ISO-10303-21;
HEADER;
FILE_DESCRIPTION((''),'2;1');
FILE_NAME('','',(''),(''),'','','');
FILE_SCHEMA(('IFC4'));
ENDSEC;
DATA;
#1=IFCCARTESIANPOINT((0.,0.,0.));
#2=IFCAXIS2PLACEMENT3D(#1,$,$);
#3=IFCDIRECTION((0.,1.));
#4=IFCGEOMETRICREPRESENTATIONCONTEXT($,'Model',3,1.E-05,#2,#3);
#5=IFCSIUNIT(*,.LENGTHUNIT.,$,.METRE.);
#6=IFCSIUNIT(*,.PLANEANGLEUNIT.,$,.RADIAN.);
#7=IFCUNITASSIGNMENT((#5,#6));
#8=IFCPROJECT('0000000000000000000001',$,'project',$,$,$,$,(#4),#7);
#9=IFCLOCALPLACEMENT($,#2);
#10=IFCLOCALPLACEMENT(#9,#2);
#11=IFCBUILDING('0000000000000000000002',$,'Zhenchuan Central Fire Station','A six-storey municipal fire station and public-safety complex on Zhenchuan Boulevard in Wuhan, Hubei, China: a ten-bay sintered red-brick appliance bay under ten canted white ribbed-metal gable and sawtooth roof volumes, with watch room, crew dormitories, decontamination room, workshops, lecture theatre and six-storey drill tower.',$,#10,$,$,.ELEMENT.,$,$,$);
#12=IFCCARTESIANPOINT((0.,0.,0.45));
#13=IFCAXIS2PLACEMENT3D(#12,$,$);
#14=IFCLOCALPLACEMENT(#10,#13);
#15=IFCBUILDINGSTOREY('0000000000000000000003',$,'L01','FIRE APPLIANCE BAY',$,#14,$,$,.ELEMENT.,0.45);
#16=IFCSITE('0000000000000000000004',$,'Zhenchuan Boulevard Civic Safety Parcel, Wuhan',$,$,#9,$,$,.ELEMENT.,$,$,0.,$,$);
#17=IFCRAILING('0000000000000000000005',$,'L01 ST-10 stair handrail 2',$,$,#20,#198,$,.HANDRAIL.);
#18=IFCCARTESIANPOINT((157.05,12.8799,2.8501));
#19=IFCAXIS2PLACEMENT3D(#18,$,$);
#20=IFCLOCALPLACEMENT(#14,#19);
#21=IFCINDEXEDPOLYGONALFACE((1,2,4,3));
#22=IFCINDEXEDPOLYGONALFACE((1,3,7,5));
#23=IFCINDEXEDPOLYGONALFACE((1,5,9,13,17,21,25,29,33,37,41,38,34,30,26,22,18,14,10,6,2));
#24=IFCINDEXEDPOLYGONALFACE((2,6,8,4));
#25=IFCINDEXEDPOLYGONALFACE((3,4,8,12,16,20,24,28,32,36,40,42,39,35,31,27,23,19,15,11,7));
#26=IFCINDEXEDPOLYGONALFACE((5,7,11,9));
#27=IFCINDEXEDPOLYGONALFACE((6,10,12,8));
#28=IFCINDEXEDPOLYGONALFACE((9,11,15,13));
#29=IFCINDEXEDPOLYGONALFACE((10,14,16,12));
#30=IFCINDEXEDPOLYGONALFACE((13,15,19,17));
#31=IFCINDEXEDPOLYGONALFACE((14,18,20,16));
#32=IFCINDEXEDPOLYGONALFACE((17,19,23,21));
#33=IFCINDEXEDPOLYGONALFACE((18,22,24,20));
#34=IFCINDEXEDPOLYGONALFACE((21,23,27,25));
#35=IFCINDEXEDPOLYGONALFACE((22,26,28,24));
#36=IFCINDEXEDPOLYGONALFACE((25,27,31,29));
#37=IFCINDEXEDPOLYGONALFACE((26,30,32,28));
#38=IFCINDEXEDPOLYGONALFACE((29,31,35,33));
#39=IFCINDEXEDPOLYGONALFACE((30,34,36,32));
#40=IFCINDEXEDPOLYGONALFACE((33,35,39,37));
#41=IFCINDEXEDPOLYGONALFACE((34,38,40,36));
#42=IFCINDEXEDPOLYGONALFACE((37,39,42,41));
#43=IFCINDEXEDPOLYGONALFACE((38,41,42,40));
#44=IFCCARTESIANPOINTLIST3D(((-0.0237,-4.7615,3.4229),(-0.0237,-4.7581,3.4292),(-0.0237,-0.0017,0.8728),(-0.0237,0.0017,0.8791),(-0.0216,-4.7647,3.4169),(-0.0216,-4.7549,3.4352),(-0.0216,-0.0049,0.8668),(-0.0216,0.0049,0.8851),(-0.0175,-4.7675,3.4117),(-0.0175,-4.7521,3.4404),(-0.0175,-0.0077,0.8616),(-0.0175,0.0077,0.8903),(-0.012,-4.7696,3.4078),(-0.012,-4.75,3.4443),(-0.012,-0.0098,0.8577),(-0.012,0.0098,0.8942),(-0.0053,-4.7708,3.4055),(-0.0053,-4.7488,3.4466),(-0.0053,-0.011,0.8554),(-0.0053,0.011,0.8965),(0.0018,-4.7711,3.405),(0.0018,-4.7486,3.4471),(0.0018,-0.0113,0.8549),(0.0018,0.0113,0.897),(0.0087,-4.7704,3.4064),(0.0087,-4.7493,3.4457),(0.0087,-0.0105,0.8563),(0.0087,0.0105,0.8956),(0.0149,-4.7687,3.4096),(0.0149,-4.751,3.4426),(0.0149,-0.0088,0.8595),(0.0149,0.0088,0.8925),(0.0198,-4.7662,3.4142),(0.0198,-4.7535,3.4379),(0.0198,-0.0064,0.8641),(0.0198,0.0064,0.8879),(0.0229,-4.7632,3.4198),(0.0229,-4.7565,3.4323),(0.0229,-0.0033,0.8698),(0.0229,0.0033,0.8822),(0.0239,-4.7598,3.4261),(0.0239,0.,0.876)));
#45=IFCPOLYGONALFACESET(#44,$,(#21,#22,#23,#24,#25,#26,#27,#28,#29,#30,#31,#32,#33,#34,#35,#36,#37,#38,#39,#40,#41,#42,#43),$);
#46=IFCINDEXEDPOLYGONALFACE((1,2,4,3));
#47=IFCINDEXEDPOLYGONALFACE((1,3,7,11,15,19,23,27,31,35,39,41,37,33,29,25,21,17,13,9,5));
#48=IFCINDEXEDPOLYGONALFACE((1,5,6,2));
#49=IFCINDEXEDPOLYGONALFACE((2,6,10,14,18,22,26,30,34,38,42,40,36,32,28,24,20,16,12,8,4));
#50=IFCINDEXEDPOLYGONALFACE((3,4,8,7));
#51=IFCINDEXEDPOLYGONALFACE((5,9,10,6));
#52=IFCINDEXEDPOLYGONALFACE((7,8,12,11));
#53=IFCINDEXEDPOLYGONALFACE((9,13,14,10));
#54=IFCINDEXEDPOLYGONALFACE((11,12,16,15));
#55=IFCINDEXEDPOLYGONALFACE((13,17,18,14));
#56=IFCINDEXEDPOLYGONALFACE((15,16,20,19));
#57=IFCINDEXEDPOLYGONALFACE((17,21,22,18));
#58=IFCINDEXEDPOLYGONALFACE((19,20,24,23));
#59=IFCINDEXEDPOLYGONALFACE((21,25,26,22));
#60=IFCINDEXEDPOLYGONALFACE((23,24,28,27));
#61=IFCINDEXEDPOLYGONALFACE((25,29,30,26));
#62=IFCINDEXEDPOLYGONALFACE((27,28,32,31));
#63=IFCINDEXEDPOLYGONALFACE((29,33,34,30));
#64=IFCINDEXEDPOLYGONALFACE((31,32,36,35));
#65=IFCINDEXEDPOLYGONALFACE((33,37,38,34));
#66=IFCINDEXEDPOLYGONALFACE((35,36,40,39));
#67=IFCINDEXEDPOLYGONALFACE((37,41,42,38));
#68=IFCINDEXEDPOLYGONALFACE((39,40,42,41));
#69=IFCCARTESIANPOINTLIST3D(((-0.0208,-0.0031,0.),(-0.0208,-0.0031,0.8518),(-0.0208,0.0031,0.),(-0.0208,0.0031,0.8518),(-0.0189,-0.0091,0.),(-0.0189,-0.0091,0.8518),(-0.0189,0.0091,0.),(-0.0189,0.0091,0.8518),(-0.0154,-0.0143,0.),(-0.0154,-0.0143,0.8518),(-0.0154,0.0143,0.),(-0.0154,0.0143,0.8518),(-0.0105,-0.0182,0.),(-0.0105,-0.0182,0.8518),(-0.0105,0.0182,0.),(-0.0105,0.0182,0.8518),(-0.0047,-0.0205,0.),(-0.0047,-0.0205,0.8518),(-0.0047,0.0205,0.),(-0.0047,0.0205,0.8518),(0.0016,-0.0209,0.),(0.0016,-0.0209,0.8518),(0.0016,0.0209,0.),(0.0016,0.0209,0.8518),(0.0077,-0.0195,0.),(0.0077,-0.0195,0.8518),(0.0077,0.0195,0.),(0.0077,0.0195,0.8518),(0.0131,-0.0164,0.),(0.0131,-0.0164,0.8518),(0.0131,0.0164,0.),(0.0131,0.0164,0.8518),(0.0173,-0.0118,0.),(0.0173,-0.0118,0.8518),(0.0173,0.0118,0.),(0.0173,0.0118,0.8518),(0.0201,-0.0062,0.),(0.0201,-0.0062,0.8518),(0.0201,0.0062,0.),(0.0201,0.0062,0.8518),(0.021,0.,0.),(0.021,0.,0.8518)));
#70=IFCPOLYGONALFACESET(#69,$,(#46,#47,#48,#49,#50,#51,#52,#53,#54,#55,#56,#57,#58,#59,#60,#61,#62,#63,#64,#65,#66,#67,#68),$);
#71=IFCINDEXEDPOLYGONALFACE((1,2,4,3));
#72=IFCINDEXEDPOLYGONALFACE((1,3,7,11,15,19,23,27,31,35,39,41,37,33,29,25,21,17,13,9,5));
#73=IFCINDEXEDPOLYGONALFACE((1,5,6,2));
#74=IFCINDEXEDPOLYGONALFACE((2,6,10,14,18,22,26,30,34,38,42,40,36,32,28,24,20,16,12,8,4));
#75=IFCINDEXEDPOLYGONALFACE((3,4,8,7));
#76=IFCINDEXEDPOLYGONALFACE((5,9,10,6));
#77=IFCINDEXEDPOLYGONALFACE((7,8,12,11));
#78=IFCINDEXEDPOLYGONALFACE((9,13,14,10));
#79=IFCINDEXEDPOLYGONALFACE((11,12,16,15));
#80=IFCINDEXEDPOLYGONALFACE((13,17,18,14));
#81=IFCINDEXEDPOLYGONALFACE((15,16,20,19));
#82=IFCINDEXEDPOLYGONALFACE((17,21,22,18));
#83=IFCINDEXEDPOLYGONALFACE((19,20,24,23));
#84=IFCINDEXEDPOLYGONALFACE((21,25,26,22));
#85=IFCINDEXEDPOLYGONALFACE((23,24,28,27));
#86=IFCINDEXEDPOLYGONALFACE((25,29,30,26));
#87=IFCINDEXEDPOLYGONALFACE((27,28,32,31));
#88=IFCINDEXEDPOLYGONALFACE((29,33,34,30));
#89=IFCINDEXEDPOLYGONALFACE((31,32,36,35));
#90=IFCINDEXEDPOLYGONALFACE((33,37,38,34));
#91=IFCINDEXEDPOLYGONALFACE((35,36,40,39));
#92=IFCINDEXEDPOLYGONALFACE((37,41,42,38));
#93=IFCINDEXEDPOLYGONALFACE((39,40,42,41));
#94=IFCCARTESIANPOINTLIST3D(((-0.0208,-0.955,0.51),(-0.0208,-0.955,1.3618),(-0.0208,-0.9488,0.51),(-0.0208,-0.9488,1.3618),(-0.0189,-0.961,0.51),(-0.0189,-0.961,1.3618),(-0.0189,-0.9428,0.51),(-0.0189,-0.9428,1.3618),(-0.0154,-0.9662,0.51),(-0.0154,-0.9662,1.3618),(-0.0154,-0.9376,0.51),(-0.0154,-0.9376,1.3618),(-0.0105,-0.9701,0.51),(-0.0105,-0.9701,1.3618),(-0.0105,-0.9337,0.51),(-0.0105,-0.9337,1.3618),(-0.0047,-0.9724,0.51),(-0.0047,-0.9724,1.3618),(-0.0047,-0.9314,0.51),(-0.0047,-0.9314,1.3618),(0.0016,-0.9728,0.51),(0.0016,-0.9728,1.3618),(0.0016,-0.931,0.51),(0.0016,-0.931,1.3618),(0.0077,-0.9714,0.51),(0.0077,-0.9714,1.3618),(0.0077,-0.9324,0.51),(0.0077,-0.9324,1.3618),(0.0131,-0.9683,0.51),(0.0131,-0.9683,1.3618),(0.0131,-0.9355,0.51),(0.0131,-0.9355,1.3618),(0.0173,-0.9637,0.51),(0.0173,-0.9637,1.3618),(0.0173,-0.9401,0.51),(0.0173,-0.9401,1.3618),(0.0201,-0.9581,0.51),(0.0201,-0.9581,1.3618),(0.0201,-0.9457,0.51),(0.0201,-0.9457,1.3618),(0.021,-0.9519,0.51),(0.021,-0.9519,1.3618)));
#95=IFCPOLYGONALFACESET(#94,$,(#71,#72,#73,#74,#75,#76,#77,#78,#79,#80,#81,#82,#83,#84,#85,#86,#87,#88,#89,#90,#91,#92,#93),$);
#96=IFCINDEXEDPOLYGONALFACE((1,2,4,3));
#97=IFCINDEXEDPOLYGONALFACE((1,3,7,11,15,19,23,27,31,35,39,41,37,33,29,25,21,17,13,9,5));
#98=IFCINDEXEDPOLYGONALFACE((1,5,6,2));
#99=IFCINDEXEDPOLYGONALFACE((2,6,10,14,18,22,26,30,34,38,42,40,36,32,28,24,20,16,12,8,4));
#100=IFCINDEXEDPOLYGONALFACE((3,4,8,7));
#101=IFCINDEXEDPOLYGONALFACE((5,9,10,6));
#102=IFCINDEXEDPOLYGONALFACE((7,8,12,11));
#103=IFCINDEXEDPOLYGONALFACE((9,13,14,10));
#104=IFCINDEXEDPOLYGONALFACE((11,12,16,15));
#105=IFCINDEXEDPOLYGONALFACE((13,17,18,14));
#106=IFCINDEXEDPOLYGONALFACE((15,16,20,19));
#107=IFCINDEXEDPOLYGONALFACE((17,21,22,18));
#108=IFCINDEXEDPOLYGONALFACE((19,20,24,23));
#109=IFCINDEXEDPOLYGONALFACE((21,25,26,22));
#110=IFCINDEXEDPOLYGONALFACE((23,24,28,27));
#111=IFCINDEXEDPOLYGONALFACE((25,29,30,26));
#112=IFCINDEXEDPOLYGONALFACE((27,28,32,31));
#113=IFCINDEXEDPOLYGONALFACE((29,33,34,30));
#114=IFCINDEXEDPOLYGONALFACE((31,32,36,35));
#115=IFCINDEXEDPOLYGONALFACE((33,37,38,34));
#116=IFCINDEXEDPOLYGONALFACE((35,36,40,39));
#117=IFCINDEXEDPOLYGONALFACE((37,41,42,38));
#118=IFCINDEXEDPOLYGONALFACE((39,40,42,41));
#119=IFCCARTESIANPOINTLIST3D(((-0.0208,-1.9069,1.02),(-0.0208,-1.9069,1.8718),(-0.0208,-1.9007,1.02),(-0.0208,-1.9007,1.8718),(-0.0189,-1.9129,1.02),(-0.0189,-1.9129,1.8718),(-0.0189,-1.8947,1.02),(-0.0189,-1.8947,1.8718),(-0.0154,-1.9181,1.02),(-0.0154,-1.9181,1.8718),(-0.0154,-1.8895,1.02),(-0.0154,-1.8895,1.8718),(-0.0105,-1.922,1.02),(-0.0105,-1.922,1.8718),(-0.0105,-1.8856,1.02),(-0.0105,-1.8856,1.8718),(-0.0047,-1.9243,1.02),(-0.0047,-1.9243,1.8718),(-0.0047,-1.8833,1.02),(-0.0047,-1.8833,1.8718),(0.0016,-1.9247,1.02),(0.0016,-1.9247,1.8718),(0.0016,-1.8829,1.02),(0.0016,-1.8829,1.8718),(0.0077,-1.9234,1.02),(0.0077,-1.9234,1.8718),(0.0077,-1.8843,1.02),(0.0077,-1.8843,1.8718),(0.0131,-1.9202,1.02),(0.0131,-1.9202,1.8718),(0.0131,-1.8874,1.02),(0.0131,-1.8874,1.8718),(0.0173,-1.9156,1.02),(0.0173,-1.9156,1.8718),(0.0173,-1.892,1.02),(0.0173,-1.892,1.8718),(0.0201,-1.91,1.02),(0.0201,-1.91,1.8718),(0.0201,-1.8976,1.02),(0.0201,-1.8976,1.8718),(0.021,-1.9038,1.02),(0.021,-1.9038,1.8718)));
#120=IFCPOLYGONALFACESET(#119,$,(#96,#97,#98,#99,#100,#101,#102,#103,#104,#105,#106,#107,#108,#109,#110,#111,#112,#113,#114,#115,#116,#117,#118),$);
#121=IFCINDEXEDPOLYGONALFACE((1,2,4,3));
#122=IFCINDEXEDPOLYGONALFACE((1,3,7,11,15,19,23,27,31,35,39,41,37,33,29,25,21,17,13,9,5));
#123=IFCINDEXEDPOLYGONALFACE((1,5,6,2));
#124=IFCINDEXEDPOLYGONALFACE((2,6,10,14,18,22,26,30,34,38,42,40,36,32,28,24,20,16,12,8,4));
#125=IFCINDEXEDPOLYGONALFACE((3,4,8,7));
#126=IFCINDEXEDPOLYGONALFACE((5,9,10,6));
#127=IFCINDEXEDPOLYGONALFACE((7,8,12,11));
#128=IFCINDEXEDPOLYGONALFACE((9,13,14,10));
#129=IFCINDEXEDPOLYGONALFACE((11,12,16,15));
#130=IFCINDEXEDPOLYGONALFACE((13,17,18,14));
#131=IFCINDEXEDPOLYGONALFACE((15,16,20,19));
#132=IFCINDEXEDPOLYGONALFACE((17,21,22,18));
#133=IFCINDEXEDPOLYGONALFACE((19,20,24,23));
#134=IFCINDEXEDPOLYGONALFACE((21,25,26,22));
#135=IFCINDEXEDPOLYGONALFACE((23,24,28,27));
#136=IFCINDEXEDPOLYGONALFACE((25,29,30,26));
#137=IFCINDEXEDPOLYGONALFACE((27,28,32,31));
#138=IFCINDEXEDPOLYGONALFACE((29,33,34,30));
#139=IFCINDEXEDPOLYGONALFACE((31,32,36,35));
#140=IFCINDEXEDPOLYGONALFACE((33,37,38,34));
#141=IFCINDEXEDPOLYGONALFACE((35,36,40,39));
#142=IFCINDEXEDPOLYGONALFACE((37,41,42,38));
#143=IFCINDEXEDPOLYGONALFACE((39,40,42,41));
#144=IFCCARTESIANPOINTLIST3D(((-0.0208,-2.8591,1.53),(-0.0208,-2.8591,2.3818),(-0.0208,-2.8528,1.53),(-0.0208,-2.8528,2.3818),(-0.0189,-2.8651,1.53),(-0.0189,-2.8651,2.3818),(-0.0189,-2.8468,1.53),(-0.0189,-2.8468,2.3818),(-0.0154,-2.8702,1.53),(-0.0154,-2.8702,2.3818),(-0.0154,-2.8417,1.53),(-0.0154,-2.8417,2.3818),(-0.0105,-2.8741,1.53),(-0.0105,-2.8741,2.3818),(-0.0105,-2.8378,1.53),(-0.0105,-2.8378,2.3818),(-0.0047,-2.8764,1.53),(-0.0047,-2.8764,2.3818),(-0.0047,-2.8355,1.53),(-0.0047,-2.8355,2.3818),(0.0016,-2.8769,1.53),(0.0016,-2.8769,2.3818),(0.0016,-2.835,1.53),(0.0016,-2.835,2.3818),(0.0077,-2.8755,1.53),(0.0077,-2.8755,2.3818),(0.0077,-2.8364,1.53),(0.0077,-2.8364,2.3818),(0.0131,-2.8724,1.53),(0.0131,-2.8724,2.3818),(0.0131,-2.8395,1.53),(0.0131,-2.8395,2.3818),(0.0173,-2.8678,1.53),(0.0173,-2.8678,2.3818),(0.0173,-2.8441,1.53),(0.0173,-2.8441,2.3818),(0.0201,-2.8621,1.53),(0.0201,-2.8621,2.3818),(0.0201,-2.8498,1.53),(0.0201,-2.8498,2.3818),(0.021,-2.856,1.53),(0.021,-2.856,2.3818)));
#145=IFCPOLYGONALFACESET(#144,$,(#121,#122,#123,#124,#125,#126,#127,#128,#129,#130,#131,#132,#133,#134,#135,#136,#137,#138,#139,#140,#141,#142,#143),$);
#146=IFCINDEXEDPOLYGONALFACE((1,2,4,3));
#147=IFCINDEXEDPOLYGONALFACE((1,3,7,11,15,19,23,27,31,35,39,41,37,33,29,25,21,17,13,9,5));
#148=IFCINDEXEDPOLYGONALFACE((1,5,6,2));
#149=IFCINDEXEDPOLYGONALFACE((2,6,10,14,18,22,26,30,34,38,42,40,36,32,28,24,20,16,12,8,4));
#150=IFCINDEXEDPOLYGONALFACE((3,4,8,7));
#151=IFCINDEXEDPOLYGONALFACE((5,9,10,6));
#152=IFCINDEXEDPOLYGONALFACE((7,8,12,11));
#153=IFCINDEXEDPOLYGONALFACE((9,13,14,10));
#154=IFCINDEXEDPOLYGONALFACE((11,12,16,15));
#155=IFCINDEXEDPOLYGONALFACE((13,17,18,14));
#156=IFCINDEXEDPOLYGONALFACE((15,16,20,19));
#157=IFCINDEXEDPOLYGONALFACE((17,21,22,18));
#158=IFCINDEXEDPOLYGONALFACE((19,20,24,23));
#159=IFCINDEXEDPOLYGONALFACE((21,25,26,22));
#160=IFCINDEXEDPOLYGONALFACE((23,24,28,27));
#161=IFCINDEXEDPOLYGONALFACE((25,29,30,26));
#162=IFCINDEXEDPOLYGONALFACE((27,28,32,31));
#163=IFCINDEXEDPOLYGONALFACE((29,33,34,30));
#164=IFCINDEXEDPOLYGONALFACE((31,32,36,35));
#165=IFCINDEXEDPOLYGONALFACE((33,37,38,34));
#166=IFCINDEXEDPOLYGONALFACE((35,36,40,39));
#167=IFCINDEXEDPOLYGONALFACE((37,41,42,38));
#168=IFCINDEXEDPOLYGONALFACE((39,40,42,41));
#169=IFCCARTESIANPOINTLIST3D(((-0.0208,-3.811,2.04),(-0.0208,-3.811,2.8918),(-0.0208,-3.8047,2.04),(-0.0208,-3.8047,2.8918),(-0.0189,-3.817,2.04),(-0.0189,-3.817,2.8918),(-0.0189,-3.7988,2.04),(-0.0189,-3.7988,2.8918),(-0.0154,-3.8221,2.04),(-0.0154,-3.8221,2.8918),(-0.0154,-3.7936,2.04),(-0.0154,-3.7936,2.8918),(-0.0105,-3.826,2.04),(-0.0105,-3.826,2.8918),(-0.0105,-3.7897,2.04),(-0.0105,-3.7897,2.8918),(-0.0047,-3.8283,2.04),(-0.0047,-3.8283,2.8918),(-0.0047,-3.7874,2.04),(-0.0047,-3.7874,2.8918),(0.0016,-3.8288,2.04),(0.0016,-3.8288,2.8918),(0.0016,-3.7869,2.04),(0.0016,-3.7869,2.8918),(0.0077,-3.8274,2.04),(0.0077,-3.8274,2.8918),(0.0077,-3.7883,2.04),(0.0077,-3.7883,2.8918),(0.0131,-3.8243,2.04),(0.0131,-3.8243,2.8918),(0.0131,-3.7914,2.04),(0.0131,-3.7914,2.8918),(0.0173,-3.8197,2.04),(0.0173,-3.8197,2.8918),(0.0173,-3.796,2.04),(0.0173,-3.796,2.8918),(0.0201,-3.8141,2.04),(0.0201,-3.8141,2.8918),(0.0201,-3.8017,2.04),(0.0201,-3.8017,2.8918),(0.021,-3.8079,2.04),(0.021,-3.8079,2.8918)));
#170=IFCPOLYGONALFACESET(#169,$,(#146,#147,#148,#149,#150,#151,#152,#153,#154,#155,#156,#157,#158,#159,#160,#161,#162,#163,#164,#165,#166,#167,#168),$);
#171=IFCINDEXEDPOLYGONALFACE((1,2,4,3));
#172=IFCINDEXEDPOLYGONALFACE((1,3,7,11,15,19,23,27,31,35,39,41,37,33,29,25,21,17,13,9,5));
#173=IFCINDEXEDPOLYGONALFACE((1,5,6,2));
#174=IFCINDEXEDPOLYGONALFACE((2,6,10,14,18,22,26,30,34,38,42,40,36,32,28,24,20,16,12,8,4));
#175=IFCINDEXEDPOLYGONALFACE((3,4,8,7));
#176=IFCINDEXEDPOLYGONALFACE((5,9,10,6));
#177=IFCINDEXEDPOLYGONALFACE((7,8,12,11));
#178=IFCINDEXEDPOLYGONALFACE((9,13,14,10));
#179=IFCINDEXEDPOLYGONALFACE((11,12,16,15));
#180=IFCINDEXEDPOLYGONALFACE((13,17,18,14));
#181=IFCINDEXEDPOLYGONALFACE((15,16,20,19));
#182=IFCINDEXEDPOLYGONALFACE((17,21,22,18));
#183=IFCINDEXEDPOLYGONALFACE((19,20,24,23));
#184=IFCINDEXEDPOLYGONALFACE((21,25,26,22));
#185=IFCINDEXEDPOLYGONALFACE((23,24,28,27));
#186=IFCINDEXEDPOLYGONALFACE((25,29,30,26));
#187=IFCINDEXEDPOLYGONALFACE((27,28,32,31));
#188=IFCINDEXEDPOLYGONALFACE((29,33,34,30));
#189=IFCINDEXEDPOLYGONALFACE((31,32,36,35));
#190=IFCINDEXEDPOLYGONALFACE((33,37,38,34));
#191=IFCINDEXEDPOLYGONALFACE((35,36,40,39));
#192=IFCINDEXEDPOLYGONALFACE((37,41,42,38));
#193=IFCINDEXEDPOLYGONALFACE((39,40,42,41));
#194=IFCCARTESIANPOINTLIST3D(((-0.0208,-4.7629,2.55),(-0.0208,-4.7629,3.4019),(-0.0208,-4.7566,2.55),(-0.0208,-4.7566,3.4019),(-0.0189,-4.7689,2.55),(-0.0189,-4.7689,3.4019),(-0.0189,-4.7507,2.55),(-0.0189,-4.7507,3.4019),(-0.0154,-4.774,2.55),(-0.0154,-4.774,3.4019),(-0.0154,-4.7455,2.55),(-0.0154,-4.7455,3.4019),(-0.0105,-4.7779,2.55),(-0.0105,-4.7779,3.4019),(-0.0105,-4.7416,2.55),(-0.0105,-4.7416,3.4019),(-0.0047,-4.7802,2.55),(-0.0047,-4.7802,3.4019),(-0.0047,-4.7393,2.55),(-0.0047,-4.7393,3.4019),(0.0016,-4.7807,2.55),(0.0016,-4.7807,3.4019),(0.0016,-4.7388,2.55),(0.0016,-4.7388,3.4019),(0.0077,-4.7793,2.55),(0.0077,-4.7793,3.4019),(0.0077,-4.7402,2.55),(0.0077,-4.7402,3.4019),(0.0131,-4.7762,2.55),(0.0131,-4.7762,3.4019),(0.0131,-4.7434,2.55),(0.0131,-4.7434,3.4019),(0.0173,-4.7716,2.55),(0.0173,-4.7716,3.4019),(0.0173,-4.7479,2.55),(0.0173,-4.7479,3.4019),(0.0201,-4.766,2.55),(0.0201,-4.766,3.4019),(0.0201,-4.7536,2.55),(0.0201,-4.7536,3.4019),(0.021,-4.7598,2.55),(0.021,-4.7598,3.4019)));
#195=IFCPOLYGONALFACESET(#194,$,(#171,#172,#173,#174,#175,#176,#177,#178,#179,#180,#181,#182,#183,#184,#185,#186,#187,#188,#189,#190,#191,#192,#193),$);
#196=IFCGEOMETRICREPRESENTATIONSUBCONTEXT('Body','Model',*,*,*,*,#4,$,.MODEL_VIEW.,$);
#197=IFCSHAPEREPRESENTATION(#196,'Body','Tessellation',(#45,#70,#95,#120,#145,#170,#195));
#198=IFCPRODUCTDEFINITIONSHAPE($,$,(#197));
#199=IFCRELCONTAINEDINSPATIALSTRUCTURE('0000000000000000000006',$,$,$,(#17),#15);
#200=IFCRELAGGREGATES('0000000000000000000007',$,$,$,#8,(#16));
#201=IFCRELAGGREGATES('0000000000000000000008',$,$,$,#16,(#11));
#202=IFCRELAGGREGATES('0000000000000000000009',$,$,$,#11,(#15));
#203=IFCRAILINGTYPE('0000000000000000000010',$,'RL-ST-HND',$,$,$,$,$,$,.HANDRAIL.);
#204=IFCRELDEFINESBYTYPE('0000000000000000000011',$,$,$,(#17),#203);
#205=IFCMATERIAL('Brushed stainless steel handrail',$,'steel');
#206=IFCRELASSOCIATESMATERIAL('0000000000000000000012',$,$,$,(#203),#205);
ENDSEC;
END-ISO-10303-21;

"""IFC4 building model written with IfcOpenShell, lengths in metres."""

from ifc_helpers import new_model, si_unit, direction, frame, origin, origin_2d, place, context, subcontext, project, spatial, circle, extrude, material, type_object, element, save


model = new_model("IFC4")

# Units and contexts
model_context = context("Model", 3, precision=1e-05, world=origin(), true_north=direction((0.0, 1.0)))
body_context = subcontext(model_context, "Body", "Model", "MODEL_VIEW")
ifc_project = project(units=[si_unit("LENGTHUNIT", "METRE"), si_unit("PLANEANGLEUNIT", "RADIAN")], contexts=[model_context])

# Site, building, storey
site_placement = place(None, origin())
site = spatial("IfcSite", under=ifc_project, at=site_placement, Name="Zhenchuan Boulevard Civic Safety Parcel, Wuhan", CompositionType="ELEMENT", RefElevation=0.0)
building_placement = place(site_placement, origin())
building = spatial("IfcBuilding", under=site, at=building_placement, Name="Zhenchuan Central Fire Station", Description="A six-storey municipal fire station and public-safety complex on Zhenchuan Boulevard in Wuhan, Hubei, China: a ten-bay sintered red-brick appliance bay under ten canted white ribbed-metal gable and sawtooth roof volumes, with watch room, crew dormitories, decontamination room, workshops, lecture theatre and six-storey drill tower.", CompositionType="ELEMENT")
storey_placement = place(building_placement, frame((0.0, 0.0, 0.45)))
storey = spatial("IfcBuildingStorey", under=building, at=storey_placement, Name="L01", Description="FIRE APPLIANCE BAY", CompositionType="ELEMENT", Elevation=0.45)

# Railing
ifc_material_1 = material(Name="Brushed stainless steel handrail", Category="steel")
railing_type_1 = type_object("IfcRailingType", Name="RL-ST-HND", PredefinedType="HANDRAIL", material=ifc_material_1)
railing_1_placement = place(storey_placement, frame((157.05, 12.8799, 2.8501)))
element("IfcRailing", 1, at=railing_1_placement, inside=storey, type_object=railing_type_1, Name="L01 ST-10 stair handrail 2", PredefinedType="HANDRAIL", context=body_context, shape_type="SweptSolid", body=[
    extrude(circle(Radius=0.0239, at=origin_2d()), frame((0.0, 0.0, 0.876), z_axis=(0.0, -0.881467, 0.472247), x_axis=(1.0, 0.0, 0.0)), (0.0, 0.0, 1.0), 5.3999),
    extrude(circle(Radius=0.021, at=origin_2d()), origin(), (0.0, 0.0, 1.0), 0.8518),
    extrude(circle(Radius=0.021, at=origin_2d()), frame((0.0, -0.9519, 0.51)), (0.0, 0.0, 1.0), 0.8518),
    extrude(circle(Radius=0.021, at=origin_2d()), frame((0.0, -1.9038, 1.02)), (0.0, 0.0, 1.0), 0.8518),
    extrude(circle(Radius=0.021, at=origin_2d()), frame((0.0, -2.856, 1.53)), (0.0, 0.0, 1.0), 0.8518),
    extrude(circle(Radius=0.021, at=origin_2d()), frame((0.0, -3.8079, 2.04)), (0.0, 0.0, 1.0), 0.8518),
    extrude(circle(Radius=0.021, at=origin_2d()), frame((0.0, -4.7598, 2.55)), (0.0, 0.0, 1.0), 0.8518),
])

save(model, "model.ifc")
